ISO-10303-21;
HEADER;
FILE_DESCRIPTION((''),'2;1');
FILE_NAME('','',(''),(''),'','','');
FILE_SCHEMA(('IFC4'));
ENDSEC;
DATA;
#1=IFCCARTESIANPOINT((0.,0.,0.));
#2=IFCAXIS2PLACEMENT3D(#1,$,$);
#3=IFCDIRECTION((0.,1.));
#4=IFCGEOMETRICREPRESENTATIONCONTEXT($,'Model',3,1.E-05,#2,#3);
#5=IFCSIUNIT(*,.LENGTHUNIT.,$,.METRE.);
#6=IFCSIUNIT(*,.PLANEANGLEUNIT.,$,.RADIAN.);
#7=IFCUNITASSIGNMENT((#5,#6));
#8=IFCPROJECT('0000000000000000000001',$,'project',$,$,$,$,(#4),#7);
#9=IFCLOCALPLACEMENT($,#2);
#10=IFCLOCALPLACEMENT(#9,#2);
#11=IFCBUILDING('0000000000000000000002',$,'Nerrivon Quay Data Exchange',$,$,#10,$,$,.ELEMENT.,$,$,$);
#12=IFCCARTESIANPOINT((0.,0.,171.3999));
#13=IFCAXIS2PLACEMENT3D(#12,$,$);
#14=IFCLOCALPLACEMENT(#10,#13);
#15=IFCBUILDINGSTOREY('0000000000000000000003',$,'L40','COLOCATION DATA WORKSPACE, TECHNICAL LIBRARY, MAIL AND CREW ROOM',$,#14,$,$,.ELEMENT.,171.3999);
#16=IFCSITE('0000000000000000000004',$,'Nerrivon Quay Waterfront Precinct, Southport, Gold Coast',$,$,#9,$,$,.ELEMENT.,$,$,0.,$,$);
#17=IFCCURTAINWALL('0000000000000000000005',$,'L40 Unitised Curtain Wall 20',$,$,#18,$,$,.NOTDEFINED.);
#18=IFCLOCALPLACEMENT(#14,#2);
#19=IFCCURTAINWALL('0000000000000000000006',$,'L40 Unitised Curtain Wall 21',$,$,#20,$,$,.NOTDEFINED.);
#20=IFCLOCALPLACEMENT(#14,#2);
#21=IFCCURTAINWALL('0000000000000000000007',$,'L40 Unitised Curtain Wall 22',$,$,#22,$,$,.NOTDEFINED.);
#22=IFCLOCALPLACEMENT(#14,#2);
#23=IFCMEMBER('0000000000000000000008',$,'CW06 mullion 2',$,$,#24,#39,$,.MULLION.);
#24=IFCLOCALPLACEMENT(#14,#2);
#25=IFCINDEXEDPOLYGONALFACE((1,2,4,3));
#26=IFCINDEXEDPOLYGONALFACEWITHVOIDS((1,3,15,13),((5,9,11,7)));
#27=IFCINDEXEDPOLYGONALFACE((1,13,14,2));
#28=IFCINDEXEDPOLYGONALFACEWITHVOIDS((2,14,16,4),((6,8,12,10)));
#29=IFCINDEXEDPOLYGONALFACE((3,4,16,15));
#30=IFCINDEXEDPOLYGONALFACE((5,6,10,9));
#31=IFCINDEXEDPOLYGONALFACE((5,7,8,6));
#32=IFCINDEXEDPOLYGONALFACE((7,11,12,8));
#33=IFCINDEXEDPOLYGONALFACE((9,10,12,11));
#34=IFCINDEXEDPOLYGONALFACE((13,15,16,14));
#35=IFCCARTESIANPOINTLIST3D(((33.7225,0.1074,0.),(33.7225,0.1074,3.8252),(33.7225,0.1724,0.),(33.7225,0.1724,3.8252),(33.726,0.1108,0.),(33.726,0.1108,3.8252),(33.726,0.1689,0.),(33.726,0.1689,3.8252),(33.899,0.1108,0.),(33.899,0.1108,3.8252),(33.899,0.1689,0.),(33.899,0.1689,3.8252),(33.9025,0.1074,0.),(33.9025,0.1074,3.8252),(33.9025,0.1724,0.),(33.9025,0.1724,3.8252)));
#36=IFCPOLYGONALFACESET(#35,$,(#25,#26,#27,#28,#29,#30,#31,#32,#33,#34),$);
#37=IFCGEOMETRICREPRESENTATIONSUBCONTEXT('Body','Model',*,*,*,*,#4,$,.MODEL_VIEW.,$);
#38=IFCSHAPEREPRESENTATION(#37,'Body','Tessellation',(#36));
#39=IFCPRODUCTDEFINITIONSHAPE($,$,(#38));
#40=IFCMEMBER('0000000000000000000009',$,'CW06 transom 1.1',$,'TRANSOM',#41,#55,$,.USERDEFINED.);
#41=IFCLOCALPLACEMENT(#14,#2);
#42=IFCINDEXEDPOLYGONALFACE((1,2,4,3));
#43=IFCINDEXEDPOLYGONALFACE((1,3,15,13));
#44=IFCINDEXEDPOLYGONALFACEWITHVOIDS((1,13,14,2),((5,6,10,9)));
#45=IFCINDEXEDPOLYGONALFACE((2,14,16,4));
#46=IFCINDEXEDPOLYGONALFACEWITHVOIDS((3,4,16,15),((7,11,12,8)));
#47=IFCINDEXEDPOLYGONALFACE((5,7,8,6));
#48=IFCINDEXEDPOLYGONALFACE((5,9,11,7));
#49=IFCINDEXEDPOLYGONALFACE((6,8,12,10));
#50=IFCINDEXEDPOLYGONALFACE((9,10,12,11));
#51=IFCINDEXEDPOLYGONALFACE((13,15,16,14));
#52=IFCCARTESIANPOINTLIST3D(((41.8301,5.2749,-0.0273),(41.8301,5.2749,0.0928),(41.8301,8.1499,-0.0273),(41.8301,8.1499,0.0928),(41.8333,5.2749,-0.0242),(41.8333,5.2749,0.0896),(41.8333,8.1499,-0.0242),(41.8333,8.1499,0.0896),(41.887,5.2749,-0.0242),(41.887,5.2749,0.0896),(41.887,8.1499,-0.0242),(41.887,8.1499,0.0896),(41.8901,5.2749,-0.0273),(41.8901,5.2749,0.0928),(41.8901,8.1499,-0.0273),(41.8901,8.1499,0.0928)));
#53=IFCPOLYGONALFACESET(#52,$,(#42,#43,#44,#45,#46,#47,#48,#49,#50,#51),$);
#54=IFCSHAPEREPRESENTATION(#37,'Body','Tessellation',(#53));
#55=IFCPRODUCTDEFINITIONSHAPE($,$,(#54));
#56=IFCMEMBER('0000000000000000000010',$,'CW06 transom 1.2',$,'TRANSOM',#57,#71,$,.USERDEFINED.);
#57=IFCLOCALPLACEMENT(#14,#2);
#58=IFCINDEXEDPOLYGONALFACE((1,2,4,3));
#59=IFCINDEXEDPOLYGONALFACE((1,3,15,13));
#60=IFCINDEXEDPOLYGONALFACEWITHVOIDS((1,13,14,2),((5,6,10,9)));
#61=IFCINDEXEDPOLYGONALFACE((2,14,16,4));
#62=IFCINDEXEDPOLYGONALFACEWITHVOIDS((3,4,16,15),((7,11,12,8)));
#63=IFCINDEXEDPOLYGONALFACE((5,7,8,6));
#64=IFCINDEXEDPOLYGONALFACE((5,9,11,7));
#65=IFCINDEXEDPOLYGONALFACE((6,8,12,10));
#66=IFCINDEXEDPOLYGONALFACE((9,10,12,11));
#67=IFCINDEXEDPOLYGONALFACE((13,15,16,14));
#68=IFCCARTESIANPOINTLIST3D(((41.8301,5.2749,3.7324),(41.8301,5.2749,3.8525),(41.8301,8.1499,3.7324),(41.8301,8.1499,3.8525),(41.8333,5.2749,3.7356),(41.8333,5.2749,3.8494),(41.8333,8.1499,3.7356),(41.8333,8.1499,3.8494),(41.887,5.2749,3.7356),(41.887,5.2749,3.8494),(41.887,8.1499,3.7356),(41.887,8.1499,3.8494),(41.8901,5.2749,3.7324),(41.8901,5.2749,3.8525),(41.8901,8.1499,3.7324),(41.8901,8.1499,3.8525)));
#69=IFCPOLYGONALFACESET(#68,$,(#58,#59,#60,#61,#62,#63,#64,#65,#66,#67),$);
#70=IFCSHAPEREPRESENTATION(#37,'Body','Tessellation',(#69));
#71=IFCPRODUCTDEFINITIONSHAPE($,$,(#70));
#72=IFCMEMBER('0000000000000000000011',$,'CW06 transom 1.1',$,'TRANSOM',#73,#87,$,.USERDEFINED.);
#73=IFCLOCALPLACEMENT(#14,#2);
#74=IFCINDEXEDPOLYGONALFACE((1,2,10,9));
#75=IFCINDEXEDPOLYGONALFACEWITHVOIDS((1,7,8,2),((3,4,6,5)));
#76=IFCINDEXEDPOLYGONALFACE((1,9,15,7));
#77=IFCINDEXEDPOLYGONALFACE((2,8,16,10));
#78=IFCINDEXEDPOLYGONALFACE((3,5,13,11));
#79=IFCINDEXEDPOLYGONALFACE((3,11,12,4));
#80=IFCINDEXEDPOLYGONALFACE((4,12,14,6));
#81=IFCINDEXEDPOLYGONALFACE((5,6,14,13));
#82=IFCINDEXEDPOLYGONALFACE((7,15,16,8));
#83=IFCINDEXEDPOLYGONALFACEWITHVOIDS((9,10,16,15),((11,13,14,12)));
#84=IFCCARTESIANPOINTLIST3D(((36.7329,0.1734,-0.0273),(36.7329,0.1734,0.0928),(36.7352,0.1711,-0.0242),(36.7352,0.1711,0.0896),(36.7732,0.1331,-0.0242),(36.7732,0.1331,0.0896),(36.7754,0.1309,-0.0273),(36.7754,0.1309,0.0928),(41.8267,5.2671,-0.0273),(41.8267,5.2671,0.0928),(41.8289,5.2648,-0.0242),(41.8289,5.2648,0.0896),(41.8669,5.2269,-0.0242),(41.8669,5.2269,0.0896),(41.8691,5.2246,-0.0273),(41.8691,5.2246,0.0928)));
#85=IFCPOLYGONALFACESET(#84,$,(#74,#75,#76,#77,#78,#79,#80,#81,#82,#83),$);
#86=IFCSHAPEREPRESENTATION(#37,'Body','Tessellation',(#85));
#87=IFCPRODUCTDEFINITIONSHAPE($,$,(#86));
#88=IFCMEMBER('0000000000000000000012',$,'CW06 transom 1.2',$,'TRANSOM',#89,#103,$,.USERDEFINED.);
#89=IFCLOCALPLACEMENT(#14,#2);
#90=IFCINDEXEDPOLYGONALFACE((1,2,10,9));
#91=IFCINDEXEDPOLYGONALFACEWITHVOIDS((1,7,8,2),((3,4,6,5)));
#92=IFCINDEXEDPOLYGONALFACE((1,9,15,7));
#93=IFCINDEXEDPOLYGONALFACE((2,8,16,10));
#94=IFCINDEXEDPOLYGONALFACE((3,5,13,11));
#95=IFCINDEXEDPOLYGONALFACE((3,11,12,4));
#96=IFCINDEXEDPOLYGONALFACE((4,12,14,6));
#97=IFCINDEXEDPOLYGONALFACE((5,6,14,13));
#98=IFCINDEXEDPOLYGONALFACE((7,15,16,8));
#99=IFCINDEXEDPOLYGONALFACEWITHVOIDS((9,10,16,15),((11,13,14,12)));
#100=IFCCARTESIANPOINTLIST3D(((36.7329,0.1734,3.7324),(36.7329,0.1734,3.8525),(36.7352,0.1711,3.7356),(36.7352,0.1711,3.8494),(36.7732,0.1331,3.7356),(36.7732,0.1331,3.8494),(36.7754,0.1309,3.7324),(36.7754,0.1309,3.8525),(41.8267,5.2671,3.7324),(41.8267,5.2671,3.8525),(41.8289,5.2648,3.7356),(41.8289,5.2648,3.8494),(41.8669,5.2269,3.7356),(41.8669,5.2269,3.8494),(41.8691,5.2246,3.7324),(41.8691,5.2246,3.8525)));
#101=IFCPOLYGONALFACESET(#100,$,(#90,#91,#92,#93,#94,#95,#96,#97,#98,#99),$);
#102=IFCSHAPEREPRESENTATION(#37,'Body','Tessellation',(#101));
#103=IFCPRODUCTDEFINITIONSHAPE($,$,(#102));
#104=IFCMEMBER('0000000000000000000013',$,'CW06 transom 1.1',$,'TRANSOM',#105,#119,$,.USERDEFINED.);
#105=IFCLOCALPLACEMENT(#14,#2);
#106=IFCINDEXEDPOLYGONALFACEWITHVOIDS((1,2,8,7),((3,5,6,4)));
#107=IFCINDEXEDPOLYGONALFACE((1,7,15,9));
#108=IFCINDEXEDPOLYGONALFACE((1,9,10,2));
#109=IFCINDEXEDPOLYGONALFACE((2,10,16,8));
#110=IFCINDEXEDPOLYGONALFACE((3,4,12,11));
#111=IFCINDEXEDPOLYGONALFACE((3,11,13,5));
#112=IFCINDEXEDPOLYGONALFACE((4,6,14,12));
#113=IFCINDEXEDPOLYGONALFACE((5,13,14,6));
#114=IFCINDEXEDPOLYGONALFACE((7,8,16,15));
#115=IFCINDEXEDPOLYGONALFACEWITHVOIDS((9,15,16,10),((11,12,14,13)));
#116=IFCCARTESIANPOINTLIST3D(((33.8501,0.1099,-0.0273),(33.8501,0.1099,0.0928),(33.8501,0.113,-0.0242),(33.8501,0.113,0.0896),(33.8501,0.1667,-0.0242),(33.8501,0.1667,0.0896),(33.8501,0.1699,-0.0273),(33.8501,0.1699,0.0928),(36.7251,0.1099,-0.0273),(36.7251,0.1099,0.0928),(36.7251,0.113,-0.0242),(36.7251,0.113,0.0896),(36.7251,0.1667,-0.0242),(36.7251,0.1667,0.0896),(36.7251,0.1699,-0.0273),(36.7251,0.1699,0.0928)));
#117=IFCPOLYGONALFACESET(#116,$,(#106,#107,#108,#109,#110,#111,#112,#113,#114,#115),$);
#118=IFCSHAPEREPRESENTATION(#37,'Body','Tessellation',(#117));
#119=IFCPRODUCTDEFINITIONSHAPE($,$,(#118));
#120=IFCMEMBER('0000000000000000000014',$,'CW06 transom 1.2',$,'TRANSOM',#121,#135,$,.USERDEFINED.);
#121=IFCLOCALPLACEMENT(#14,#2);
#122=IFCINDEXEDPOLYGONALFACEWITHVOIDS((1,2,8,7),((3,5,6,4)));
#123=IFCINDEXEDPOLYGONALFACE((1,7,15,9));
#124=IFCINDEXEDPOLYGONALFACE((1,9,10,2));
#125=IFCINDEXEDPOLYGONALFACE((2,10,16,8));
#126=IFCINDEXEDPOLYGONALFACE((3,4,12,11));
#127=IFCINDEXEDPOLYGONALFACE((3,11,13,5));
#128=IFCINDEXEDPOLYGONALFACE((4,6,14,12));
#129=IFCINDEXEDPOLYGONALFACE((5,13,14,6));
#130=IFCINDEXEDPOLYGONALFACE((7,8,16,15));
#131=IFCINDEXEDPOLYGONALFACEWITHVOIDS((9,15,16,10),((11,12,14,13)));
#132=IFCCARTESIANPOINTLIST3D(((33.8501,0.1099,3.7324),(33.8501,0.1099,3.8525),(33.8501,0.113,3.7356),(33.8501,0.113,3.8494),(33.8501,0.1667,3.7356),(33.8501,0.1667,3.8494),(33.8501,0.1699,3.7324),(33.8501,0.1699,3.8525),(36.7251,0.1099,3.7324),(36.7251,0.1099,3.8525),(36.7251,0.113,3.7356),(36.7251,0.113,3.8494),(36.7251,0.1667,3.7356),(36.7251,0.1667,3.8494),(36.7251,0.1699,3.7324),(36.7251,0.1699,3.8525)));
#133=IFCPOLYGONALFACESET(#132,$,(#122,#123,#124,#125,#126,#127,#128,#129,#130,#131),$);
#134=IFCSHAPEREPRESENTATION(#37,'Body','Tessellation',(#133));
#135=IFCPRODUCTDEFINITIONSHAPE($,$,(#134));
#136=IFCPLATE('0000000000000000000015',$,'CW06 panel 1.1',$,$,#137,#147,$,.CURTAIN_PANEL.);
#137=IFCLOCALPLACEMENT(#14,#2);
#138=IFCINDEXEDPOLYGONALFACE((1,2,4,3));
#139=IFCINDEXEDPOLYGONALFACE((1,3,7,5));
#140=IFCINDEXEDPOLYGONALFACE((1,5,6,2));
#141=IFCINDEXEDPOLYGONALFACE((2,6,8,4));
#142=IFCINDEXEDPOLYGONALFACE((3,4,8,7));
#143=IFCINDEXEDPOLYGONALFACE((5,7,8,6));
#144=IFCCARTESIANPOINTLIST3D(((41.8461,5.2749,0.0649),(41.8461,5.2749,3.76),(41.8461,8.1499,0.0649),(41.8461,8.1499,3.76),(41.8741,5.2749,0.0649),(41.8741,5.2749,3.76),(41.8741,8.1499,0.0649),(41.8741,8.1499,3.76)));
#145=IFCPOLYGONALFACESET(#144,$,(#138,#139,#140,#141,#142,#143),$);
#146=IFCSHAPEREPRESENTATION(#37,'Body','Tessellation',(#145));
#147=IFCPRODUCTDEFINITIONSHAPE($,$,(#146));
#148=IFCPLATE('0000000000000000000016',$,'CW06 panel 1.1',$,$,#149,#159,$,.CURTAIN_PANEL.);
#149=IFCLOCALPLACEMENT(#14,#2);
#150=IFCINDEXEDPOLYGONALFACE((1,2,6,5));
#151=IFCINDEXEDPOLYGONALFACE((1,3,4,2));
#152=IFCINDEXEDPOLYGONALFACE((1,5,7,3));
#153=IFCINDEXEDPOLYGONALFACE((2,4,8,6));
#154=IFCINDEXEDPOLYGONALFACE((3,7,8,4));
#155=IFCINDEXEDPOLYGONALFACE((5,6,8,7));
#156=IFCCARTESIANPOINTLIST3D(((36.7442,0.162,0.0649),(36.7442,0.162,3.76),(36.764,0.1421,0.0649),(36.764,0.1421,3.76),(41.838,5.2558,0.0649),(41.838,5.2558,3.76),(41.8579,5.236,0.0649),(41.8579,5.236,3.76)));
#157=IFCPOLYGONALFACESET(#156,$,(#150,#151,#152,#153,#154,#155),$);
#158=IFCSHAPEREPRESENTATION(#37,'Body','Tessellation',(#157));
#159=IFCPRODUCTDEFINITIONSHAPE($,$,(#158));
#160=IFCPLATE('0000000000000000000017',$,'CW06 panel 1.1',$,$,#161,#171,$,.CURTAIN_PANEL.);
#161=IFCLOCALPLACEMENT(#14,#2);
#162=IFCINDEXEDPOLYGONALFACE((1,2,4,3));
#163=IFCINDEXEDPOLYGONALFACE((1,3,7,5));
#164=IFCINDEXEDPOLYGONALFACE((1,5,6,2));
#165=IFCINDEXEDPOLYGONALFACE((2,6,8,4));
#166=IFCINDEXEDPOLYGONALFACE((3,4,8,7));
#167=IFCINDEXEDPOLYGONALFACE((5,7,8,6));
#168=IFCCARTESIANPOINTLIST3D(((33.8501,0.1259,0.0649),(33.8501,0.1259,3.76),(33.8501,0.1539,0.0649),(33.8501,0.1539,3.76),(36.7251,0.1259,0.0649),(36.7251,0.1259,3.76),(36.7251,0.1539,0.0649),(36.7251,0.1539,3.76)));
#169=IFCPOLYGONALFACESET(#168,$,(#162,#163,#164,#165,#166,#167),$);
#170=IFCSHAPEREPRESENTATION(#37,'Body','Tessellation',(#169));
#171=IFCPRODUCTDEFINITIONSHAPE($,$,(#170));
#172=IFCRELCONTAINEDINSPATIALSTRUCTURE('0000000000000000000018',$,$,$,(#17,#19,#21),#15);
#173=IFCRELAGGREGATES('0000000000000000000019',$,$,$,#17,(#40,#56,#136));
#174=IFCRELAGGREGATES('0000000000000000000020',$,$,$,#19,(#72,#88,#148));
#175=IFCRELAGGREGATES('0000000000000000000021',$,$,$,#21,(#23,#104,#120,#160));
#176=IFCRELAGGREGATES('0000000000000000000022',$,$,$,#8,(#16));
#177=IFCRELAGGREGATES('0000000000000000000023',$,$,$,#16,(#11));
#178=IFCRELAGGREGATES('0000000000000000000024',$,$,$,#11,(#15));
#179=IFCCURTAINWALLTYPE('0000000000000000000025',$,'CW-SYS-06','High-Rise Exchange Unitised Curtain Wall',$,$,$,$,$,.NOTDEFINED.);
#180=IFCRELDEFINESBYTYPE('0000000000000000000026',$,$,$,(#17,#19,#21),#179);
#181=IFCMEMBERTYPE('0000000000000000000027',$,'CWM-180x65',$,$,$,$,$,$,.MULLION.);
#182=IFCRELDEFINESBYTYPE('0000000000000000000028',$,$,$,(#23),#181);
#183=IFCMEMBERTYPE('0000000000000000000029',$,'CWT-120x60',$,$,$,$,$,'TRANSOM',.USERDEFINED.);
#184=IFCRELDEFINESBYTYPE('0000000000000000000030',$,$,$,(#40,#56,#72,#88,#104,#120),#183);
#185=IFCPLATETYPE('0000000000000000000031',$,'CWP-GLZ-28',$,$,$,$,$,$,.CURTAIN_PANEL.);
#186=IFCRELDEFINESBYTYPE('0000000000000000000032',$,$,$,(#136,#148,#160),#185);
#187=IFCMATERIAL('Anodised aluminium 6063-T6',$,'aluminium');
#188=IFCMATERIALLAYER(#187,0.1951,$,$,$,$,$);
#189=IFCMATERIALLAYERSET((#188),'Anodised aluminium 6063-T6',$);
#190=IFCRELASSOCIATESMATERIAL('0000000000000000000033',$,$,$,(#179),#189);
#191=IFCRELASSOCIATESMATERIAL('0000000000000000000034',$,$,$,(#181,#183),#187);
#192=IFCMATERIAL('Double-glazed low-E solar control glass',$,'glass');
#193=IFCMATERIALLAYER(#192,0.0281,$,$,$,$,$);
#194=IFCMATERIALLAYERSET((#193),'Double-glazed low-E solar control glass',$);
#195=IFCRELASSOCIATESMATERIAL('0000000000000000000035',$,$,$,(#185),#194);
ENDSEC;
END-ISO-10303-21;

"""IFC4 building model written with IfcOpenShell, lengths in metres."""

from ifc_helpers import new_model, si_unit, direction, frame, origin, origin_2d, place, context, subcontext, project, spatial, rectangle, hollow_rectangle, extrude, material, layer, layer_set, material_profile, profile_set, type_object, element, aggregate, save


model = new_model("IFC4")

# Units and contexts
model_context = context("Model", 3, precision=1e-05, world=origin(), true_north=direction((0.0, 1.0)))
body_context = subcontext(model_context, "Body", "Model", "MODEL_VIEW")
ifc_project = project(units=[si_unit("LENGTHUNIT", "METRE"), si_unit("PLANEANGLEUNIT", "RADIAN")], contexts=[model_context])

# Site, building, storey
site_placement = place(None, origin())
site = spatial("IfcSite", under=ifc_project, at=site_placement, Name="Nerrivon Quay Waterfront Precinct, Southport, Gold Coast", CompositionType="ELEMENT", RefElevation=0.0)
building_placement = place(site_placement, origin())
building = spatial("IfcBuilding", under=site, at=building_placement, Name="Nerrivon Quay Data Exchange", CompositionType="ELEMENT")
storey_placement = place(building_placement, frame((0.0, 0.0, 171.3999)))
storey = spatial("IfcBuildingStorey", under=building, at=storey_placement, Name="L40", Description="COLOCATION DATA WORKSPACE, TECHNICAL LIBRARY, MAIL AND CREW ROOM", CompositionType="ELEMENT", Elevation=171.3999)

# Curtain wall
ifc_material_1 = material(Name="Anodised aluminium 6063-T6", Category="aluminium")
ifc_layer_1 = layer(ifc_material_1, 0.1951)
ifc_layer_set_1 = layer_set([ifc_layer_1], Name="Anodised aluminium 6063-T6")
curtain_wall_type = type_object("IfcCurtainWallType", Name="CW-SYS-06", Description="High-Rise Exchange Unitised Curtain Wall", PredefinedType="NOTDEFINED", material=ifc_layer_set_1)
curtain_wall_1_placement = place(storey_placement, origin())
curtain_wall_1 = element("IfcCurtainWall", 1, at=curtain_wall_1_placement, inside=storey, type_object=curtain_wall_type, Name="L40 Unitised Curtain Wall 20", PredefinedType="NOTDEFINED")
ifc_material_profile_1 = material_profile(ifc_material_1, hollow_rectangle(XDim=0.0649, YDim=0.1799, WallThickness=0.0034, at=origin_2d()), Name="ALU-MULL-180x65")
ifc_profile_set_1 = profile_set([ifc_material_profile_1], Name="Anodised aluminium 6063-T6")
member_type_1 = type_object("IfcMemberType", Name="CWM-180x65", PredefinedType="MULLION", material=ifc_profile_set_1)

# Curtain walls, member
curtain_wall_2_placement = place(storey_placement, origin())
curtain_wall_2 = element("IfcCurtainWall", 2, at=curtain_wall_2_placement, inside=storey, type_object=curtain_wall_type, Name="L40 Unitised Curtain Wall 21", PredefinedType="NOTDEFINED")
curtain_wall_3_placement = place(storey_placement, origin())
curtain_wall_3 = element("IfcCurtainWall", 3, at=curtain_wall_3_placement, inside=storey, type_object=curtain_wall_type, Name="L40 Unitised Curtain Wall 22", PredefinedType="NOTDEFINED")
member_1_placement = place(storey_placement, frame((33.8125, 0.1399, 0.0), z_axis=(0.0, 0.0, 1.0), x_axis=(0.0, -1.0, 0.0)))
member_1 = element("IfcMember", 4, at=member_1_placement, type_object=member_type_1, Name="CW06 mullion 2", PredefinedType="MULLION", context=body_context, shape_type="SweptSolid", body=[
    extrude(hollow_rectangle(XDim=0.0649, YDim=0.1799, WallThickness=0.0034, at=origin_2d()), origin(), (0.0, 0.0, 1.0), 3.8252),
])

# Members
ifc_material_profile_2 = material_profile(ifc_material_1, hollow_rectangle(XDim=0.0601, YDim=0.1201, WallThickness=0.0032, at=origin_2d()), Name="ALU-TRAN-120x60")
ifc_profile_set_2 = profile_set([ifc_material_profile_2], Name="Anodised aluminium 6063-T6")
member_type_2 = type_object("IfcMemberType", Name="CWT-120x60", ElementType="TRANSOM", PredefinedType="USERDEFINED", material=ifc_profile_set_2)
member_2_placement = place(storey_placement, frame((41.8601, 8.1499, 0.0327), z_axis=(0.0, -1.0, 0.0), x_axis=(1.0, 0.0, 0.0)))
member_2 = element("IfcMember", 5, at=member_2_placement, type_object=member_type_2, Name="CW06 transom 1.1", ObjectType="TRANSOM", PredefinedType="USERDEFINED", context=body_context, shape_type="SweptSolid", body=[
    extrude(hollow_rectangle(XDim=0.0601, YDim=0.1201, WallThickness=0.0032, at=origin_2d()), origin(), (0.0, 0.0, 1.0), 2.875),
])
member_3_placement = place(storey_placement, frame((41.8601, 8.1499, 3.7925), z_axis=(0.0, -1.0, 0.0), x_axis=(1.0, 0.0, 0.0)))
member_3 = element("IfcMember", 6, at=member_3_placement, type_object=member_type_2, Name="CW06 transom 1.2", ObjectType="TRANSOM", PredefinedType="USERDEFINED", context=body_context, shape_type="SweptSolid", body=[
    extrude(hollow_rectangle(XDim=0.0601, YDim=0.1201, WallThickness=0.0032, at=origin_2d()), origin(), (0.0, 0.0, 1.0), 2.875),
])
member_4_placement = place(storey_placement, frame((41.8479, 5.2458, 0.0327), z_axis=(-0.707107, -0.707107, 0.0), x_axis=(0.707107, -0.707107, 0.0)))
member_4 = element("IfcMember", 7, at=member_4_placement, type_object=member_type_2, Name="CW06 transom 1.1", ObjectType="TRANSOM", PredefinedType="USERDEFINED", context=body_context, shape_type="SweptSolid", body=[
    extrude(hollow_rectangle(XDim=0.0601, YDim=0.1201, WallThickness=0.0032, at=origin_2d()), origin(), (0.0, 0.0, 1.0), 7.2036),
])
member_5_placement = place(storey_placement, frame((41.8479, 5.2458, 3.7925), z_axis=(-0.707107, -0.707107, 0.0), x_axis=(0.707107, -0.707107, 0.0)))
member_5 = element("IfcMember", 8, at=member_5_placement, type_object=member_type_2, Name="CW06 transom 1.2", ObjectType="TRANSOM", PredefinedType="USERDEFINED", context=body_context, shape_type="SweptSolid", body=[
    extrude(hollow_rectangle(XDim=0.0601, YDim=0.1201, WallThickness=0.0032, at=origin_2d()), origin(), (0.0, 0.0, 1.0), 7.2036),
])
member_6_placement = place(storey_placement, frame((36.7251, 0.1399, 0.0327), z_axis=(-1.0, 0.0, 0.0), x_axis=(0.0, -1.0, 0.0)))
member_6 = element("IfcMember", 9, at=member_6_placement, type_object=member_type_2, Name="CW06 transom 1.1", ObjectType="TRANSOM", PredefinedType="USERDEFINED", context=body_context, shape_type="SweptSolid", body=[
    extrude(hollow_rectangle(XDim=0.0601, YDim=0.1201, WallThickness=0.0032, at=origin_2d()), origin(), (0.0, 0.0, 1.0), 2.875),
])
member_7_placement = place(storey_placement, frame((36.7251, 0.1399, 3.7925), z_axis=(-1.0, 0.0, 0.0), x_axis=(0.0, -1.0, 0.0)))
member_7 = element("IfcMember", 10, at=member_7_placement, type_object=member_type_2, Name="CW06 transom 1.2", ObjectType="TRANSOM", PredefinedType="USERDEFINED", context=body_context, shape_type="SweptSolid", body=[
    extrude(hollow_rectangle(XDim=0.0601, YDim=0.1201, WallThickness=0.0032, at=origin_2d()), origin(), (0.0, 0.0, 1.0), 2.875),
])

# Plates
ifc_material_2 = material(Name="Double-glazed low-E solar control glass", Category="glass")
ifc_layer_2 = layer(ifc_material_2, 0.0281)
ifc_layer_set_2 = layer_set([ifc_layer_2], Name="Double-glazed low-E solar control glass")
plate_type = type_object("IfcPlateType", Name="CWP-GLZ-28", PredefinedType="CURTAIN_PANEL", material=ifc_layer_set_2)
plate_1_placement = place(storey_placement, frame((41.8601, 6.7124, 0.0649), z_axis=(0.0, 0.0, 1.0), x_axis=(0.0, -1.0, 0.0)))
plate_1 = element("IfcPlate", 11, at=plate_1_placement, type_object=plate_type, Name="CW06 panel 1.1", PredefinedType="CURTAIN_PANEL", context=body_context, shape_type="SweptSolid", body=[
    extrude(rectangle(XDim=2.875, YDim=0.0281, at=origin_2d()), origin(), (0.0, 0.0, 1.0), 3.6951),
])
aggregate(curtain_wall_1, [member_2, member_3, plate_1])
plate_2_placement = place(storey_placement, frame((39.301, 2.699, 0.0649), z_axis=(0.0, 0.0, 1.0), x_axis=(-0.707107, -0.707107, 0.0)))
plate_2 = element("IfcPlate", 12, at=plate_2_placement, type_object=plate_type, Name="CW06 panel 1.1", PredefinedType="CURTAIN_PANEL", context=body_context, shape_type="SweptSolid", body=[
    extrude(rectangle(XDim=7.2039, YDim=0.0281, at=origin_2d()), origin(), (0.0, 0.0, 1.0), 3.6951),
])
aggregate(curtain_wall_2, [member_4, member_5, plate_2])
plate_3_placement = place(storey_placement, frame((35.2876, 0.1399, 0.0649), z_axis=(0.0, 0.0, 1.0), x_axis=(-1.0, 0.0, 0.0)))
plate_3 = element("IfcPlate", 13, at=plate_3_placement, type_object=plate_type, Name="CW06 panel 1.1", PredefinedType="CURTAIN_PANEL", context=body_context, shape_type="SweptSolid", body=[
    extrude(rectangle(XDim=2.875, YDim=0.0281, at=origin_2d()), origin(), (0.0, 0.0, 1.0), 3.6951),
])
aggregate(curtain_wall_3, [member_1, member_6, member_7, plate_3])

save(model, "model.ifc")
